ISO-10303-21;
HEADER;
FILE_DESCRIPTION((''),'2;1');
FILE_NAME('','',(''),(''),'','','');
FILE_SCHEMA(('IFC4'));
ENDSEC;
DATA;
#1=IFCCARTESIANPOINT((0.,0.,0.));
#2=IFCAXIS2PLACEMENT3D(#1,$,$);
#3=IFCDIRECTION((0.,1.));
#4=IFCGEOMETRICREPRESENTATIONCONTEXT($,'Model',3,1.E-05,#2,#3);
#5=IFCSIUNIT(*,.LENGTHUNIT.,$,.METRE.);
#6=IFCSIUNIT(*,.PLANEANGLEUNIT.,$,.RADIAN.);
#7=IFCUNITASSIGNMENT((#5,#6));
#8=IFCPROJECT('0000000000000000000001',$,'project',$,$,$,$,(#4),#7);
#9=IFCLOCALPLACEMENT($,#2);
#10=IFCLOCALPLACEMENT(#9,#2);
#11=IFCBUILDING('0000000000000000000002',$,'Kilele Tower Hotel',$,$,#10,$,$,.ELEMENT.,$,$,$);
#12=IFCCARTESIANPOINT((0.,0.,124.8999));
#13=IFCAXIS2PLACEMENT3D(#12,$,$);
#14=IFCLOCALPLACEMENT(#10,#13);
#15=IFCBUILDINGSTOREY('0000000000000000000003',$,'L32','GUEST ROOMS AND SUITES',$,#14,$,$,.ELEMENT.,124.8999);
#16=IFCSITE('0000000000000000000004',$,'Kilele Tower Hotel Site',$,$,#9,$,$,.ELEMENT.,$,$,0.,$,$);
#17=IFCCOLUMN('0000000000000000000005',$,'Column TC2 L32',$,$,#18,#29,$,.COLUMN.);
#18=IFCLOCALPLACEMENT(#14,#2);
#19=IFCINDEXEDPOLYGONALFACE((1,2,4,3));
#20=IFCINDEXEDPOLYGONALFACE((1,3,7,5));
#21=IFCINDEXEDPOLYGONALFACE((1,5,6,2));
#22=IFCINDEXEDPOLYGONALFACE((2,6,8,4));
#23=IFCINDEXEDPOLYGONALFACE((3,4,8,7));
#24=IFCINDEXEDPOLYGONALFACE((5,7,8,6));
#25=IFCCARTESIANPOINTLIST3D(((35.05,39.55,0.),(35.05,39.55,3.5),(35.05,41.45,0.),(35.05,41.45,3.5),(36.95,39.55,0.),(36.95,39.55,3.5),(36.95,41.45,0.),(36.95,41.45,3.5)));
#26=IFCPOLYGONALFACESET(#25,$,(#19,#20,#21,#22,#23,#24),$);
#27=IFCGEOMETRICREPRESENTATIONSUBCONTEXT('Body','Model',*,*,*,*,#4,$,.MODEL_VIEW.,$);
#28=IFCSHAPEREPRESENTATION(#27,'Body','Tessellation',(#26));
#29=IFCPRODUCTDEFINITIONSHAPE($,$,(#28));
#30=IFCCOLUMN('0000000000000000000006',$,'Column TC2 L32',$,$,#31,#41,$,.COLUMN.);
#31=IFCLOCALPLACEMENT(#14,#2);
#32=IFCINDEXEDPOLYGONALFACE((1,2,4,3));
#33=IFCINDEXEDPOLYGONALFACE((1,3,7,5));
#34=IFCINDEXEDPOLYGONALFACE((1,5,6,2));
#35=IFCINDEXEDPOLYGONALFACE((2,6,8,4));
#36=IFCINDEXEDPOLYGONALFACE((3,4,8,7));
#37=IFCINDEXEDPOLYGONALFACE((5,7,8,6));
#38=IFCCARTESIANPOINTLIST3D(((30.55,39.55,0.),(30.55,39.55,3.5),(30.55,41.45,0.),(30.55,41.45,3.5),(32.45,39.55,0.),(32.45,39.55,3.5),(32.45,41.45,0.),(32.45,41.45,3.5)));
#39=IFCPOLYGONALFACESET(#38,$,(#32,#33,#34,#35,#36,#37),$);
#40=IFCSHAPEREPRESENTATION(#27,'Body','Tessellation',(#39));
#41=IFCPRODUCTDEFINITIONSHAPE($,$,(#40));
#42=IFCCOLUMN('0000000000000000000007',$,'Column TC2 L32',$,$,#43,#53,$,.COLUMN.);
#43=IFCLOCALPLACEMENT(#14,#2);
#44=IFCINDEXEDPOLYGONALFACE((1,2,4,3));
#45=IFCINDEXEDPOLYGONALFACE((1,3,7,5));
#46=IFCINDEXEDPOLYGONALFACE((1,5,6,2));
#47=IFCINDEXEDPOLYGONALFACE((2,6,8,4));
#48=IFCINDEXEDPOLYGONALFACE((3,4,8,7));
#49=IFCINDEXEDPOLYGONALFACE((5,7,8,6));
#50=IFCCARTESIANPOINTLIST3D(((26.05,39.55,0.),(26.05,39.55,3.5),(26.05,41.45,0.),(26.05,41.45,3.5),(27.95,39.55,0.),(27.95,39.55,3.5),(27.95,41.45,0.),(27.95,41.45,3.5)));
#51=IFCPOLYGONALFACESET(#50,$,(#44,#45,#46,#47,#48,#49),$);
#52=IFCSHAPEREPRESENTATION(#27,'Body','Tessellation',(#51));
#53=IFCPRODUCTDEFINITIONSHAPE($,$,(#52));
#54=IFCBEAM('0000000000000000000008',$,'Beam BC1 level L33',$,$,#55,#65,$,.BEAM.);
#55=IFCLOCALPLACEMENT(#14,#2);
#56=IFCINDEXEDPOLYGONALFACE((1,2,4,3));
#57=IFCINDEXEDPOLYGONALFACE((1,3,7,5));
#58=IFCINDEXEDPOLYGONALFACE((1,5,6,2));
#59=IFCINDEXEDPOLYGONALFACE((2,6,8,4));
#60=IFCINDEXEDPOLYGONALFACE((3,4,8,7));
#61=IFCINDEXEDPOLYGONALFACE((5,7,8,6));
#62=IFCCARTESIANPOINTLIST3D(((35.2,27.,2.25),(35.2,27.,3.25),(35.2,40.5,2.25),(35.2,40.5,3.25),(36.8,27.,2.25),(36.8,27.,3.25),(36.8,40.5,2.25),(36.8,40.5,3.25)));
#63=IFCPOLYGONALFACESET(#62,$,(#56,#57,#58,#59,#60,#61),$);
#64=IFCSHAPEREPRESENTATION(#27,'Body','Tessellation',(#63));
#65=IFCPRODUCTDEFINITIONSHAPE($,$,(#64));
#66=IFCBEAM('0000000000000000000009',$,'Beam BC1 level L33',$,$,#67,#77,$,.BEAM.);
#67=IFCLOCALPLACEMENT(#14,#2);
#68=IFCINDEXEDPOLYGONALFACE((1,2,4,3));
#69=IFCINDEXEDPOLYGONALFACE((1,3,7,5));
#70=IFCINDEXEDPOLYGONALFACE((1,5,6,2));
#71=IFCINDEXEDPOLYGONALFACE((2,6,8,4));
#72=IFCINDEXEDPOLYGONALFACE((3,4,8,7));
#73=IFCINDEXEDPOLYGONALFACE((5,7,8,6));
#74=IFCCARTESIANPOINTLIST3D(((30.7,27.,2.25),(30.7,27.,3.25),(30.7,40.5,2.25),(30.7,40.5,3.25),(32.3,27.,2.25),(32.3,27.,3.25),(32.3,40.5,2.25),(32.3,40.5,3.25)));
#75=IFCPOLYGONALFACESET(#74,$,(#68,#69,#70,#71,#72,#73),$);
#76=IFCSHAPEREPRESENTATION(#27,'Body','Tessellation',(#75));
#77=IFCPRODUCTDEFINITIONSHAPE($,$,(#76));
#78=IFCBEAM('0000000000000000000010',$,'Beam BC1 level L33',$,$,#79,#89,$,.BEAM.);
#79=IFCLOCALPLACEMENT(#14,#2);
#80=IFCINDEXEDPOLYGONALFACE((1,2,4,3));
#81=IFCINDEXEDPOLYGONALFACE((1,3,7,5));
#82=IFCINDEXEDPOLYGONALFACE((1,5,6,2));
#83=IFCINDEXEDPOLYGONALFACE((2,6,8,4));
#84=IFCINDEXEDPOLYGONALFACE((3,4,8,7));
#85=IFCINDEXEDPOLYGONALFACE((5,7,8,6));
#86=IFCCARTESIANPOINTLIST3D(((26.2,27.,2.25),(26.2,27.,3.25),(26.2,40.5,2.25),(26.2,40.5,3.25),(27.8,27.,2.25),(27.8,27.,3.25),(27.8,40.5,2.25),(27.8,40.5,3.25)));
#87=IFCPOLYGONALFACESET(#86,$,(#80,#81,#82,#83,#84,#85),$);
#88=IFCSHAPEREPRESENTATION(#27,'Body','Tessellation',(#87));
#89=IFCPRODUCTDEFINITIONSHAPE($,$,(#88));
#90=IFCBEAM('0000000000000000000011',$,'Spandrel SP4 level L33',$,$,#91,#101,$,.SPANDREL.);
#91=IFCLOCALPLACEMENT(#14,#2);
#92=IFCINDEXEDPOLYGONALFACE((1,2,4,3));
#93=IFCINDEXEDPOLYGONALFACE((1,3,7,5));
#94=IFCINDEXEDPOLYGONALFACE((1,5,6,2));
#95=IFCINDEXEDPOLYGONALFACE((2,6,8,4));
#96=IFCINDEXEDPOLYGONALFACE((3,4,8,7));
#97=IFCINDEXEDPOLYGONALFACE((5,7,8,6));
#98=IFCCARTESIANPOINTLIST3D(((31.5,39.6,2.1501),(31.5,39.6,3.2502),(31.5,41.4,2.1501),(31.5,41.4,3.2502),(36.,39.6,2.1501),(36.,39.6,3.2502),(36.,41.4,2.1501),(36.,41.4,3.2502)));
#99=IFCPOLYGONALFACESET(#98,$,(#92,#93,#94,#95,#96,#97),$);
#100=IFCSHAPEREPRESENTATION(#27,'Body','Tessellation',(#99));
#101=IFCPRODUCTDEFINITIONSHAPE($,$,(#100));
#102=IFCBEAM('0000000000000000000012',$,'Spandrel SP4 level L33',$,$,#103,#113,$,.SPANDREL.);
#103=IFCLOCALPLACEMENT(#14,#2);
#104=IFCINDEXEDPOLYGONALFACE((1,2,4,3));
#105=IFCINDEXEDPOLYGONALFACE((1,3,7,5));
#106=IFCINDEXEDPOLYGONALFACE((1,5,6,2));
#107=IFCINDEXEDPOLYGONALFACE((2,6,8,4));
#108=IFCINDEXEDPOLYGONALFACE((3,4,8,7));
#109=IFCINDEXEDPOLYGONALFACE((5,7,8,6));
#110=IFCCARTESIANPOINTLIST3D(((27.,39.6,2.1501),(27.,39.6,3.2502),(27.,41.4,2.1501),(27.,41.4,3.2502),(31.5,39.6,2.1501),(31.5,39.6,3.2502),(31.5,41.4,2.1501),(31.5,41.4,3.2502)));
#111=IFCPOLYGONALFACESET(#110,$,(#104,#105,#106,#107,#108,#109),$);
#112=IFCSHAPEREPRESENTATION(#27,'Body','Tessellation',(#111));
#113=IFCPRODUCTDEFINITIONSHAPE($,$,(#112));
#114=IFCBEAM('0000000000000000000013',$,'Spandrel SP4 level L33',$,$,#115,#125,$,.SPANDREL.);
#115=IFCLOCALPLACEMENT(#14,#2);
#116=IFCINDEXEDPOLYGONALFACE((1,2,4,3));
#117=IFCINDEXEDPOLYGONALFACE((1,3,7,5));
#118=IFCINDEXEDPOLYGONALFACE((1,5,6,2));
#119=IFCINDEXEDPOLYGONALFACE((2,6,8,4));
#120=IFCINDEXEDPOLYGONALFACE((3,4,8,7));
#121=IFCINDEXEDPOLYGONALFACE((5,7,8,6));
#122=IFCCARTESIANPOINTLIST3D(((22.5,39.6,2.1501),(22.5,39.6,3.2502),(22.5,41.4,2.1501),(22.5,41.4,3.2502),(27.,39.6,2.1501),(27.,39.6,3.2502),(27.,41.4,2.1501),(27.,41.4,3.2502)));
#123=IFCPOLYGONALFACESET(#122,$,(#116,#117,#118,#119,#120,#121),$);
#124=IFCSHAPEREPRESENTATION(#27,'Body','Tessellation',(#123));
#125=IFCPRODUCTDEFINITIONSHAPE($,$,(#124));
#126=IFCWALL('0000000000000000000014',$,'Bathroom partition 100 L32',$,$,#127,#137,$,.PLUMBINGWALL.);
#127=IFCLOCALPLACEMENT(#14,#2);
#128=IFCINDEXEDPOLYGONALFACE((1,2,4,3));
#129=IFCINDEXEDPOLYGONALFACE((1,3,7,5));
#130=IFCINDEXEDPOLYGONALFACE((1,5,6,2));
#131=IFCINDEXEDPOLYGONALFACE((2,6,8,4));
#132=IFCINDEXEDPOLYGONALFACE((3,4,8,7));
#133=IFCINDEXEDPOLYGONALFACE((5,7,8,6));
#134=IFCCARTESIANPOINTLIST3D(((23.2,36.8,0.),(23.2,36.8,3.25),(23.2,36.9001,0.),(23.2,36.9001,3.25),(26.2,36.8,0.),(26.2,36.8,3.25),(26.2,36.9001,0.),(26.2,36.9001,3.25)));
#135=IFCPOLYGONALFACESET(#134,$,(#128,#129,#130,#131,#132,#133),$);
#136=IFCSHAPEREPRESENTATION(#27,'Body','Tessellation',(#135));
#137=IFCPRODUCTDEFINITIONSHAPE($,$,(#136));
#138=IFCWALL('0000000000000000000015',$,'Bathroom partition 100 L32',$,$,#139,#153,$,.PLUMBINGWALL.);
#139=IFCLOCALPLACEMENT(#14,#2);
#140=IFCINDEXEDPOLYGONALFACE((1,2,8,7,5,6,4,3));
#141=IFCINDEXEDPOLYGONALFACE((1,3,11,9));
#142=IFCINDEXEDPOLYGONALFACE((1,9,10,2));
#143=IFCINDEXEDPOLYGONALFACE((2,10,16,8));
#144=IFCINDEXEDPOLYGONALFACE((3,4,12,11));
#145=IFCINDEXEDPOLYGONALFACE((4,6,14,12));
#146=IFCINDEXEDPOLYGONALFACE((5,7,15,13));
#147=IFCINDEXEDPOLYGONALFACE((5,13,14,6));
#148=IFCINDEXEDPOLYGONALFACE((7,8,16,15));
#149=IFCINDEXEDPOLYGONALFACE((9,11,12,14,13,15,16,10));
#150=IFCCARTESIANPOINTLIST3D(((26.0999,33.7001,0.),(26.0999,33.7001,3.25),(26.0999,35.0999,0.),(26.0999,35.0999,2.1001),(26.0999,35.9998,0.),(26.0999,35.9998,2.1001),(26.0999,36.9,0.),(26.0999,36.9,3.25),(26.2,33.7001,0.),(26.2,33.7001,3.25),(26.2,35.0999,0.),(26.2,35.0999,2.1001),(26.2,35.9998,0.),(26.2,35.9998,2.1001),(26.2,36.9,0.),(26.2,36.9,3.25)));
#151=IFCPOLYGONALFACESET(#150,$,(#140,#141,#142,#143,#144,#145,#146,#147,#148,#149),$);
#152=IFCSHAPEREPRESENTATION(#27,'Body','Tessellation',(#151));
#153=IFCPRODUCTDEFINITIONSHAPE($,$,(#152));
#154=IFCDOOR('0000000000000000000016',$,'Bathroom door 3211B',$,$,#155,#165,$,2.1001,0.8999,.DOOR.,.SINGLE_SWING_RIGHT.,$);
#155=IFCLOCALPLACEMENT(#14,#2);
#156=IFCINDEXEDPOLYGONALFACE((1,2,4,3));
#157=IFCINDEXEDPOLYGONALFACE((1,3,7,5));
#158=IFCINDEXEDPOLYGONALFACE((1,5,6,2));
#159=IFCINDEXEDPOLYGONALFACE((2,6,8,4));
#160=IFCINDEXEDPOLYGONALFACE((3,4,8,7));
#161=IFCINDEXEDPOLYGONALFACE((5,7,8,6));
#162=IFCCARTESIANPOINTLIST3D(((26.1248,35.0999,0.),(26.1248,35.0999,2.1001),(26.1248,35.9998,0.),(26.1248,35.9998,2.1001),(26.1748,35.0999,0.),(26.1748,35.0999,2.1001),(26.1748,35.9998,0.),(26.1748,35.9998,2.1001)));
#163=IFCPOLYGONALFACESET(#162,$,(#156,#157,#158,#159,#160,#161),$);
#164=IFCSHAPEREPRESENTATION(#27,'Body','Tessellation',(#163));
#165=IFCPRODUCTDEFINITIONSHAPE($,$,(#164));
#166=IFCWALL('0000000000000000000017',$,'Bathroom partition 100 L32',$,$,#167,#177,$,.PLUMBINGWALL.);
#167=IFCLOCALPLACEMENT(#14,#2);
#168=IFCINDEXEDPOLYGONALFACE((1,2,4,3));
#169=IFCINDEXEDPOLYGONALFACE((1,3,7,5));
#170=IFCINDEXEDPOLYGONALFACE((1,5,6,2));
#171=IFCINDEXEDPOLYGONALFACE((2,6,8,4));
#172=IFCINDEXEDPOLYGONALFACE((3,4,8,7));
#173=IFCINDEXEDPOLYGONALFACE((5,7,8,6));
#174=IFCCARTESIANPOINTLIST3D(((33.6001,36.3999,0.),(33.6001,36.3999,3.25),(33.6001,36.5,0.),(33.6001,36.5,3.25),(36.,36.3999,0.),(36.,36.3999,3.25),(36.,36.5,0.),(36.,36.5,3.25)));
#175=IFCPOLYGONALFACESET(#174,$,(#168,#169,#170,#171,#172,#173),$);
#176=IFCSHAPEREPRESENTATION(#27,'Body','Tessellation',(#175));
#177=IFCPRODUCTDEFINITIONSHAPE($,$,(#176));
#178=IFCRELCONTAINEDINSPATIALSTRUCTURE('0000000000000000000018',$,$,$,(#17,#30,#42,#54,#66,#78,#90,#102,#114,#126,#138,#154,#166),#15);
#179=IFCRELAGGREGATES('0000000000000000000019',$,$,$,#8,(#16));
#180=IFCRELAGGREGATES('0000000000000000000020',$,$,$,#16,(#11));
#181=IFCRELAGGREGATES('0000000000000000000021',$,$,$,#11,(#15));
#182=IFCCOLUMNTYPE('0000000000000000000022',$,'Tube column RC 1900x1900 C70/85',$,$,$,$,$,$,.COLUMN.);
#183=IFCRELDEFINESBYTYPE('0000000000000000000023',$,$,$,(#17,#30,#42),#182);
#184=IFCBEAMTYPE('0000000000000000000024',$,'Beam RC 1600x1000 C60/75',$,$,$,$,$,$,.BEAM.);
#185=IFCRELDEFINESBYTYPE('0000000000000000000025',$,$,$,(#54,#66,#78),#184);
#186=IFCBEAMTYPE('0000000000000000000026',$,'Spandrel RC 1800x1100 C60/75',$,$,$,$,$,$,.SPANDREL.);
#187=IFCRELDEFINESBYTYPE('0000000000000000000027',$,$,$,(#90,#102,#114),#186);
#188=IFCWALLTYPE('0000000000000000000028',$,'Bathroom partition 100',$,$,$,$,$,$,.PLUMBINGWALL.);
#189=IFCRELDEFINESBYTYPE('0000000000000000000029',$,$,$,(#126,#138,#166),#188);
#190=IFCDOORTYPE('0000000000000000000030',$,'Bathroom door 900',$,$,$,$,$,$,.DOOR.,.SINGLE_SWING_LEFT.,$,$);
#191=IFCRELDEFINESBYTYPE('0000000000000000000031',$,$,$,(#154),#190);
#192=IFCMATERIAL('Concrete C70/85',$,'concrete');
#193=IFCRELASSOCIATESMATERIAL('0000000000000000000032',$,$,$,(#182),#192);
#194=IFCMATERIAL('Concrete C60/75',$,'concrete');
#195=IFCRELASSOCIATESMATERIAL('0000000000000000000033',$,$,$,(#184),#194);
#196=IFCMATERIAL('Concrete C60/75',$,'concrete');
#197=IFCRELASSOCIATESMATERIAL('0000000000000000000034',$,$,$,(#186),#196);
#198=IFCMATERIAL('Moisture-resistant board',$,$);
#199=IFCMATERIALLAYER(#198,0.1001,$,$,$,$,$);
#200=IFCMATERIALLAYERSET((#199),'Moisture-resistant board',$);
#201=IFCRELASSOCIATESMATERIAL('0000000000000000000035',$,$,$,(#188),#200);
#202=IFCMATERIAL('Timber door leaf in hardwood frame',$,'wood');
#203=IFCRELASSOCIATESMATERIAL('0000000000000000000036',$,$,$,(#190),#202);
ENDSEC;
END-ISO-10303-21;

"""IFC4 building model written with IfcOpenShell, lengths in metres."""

from ifc_helpers import new_model, si_unit, direction, frame, frame_2d, origin, origin_2d, place, context, subcontext, project, spatial, rectangle, extrude, material, layer, layer_set, material_profile, profile_set, type_object, element, fill, save


model = new_model("IFC4")

# Units and contexts
model_context = context("Model", 3, precision=1e-05, world=origin(), true_north=direction((0.0, 1.0)))
body_context = subcontext(model_context, "Body", "Model", "MODEL_VIEW")
ifc_project = project(units=[si_unit("LENGTHUNIT", "METRE"), si_unit("PLANEANGLEUNIT", "RADIAN")], contexts=[model_context])

# Site, building, storey
site_placement = place(None, origin())
site = spatial("IfcSite", under=ifc_project, at=site_placement, Name="Kilele Tower Hotel Site", CompositionType="ELEMENT", RefElevation=0.0)
building_placement = place(site_placement, origin())
building = spatial("IfcBuilding", under=site, at=building_placement, Name="Kilele Tower Hotel", CompositionType="ELEMENT")
storey_placement = place(building_placement, frame((0.0, 0.0, 124.8999)))
storey = spatial("IfcBuildingStorey", under=building, at=storey_placement, Name="L32", Description="GUEST ROOMS AND SUITES", CompositionType="ELEMENT", Elevation=124.8999)

# Columns
ifc_material_1 = material(Name="Concrete C70/85", Category="concrete")
ifc_material_profile_1 = material_profile(ifc_material_1, rectangle(XDim=1.8999, YDim=1.8999, at=origin_2d()))
ifc_profile_set_1 = profile_set([ifc_material_profile_1], Name="Concrete C70/85")
column_type = type_object("IfcColumnType", Name="Tube column RC 1900x1900 C70/85", PredefinedType="COLUMN", material=ifc_profile_set_1)
for number, where, z_axis, x_axis, name in (
    (1, (36.0, 40.5, 0.0), (0.0, 0.0, 1.0), (1.0, 0.0, 0.0), "Column TC2 L32"),
    (2, (31.5, 40.5, 0.0), (0.0, 0.0, 1.0), (1.0, 0.0, 0.0), "Column TC2 L32"),
    (3, (27.0, 40.5, 0.0), (0.0, 0.0, 1.0), (1.0, 0.0, 0.0), "Column TC2 L32"),
):
    element("IfcColumn", number, at=place(storey_placement, frame(where, z_axis=z_axis, x_axis=x_axis)), inside=storey, type_object=column_type, Name=name, PredefinedType="COLUMN", context=body_context, shape_type="SweptSolid", body=[
        extrude(rectangle(XDim=1.8999, YDim=1.8999, at=origin_2d()), origin(), (0.0, 0.0, 1.0), 3.5),
    ])

# Beams
ifc_material_2 = material(Name="Concrete C60/75", Category="concrete")
ifc_material_profile_2 = material_profile(ifc_material_2, rectangle(XDim=1.6001, YDim=1.0, at=origin_2d()))
ifc_profile_set_2 = profile_set([ifc_material_profile_2], Name="Concrete C60/75")
beam_type_1 = type_object("IfcBeamType", Name="Beam RC 1600x1000 C60/75", PredefinedType="BEAM", material=ifc_profile_set_2)
for number, where, z_axis, x_axis, name in (
    (4, (36.0, 40.5, 2.75), (0.0, -1.0, 0.0), (1.0, 0.0, 0.0), "Beam BC1 level L33"),
    (5, (31.5, 40.5, 2.75), (0.0, -1.0, 0.0), (1.0, 0.0, 0.0), "Beam BC1 level L33"),
    (6, (27.0, 40.5, 2.75), (0.0, -1.0, 0.0), (1.0, 0.0, 0.0), "Beam BC1 level L33"),
):
    element("IfcBeam", number, at=place(storey_placement, frame(where, z_axis=z_axis, x_axis=x_axis)), inside=storey, type_object=beam_type_1, Name=name, PredefinedType="BEAM", context=body_context, shape_type="SweptSolid", body=[
        extrude(rectangle(XDim=1.6001, YDim=1.0, at=origin_2d()), origin(), (0.0, 0.0, 1.0), 13.5),
    ])
ifc_material_3 = material(Name="Concrete C60/75", Category="concrete")
ifc_material_profile_3 = material_profile(ifc_material_3, rectangle(XDim=1.8, YDim=1.1001, at=origin_2d()))
ifc_profile_set_3 = profile_set([ifc_material_profile_3], Name="Concrete C60/75")
beam_type_2 = type_object("IfcBeamType", Name="Spandrel RC 1800x1100 C60/75", PredefinedType="SPANDREL", material=ifc_profile_set_3)
for number, where, z_axis, x_axis, name in (
    (7, (36.0, 40.5, 2.7002), (-1.0, 0.0, 0.0), (0.0, -1.0, 0.0), "Spandrel SP4 level L33"),
    (8, (31.5, 40.5, 2.7002), (-1.0, 0.0, 0.0), (0.0, -1.0, 0.0), "Spandrel SP4 level L33"),
    (9, (27.0, 40.5, 2.7002), (-1.0, 0.0, 0.0), (0.0, -1.0, 0.0), "Spandrel SP4 level L33"),
):
    element("IfcBeam", number, at=place(storey_placement, frame(where, z_axis=z_axis, x_axis=x_axis)), inside=storey, type_object=beam_type_2, Name=name, PredefinedType="SPANDREL", context=body_context, shape_type="SweptSolid", body=[
        extrude(rectangle(XDim=1.8, YDim=1.1001, at=origin_2d()), origin(), (0.0, 0.0, 1.0), 4.5),
    ])

# Wall
ifc_material_4 = material(Name="Moisture-resistant board")
ifc_layer_1 = layer(ifc_material_4, 0.1001)
ifc_layer_set_1 = layer_set([ifc_layer_1], Name="Moisture-resistant board")
wall_type_1 = type_object("IfcWallType", Name="Bathroom partition 100", PredefinedType="PLUMBINGWALL", material=ifc_layer_set_1)
wall_1_placement = place(storey_placement, frame((23.2, 36.8501, 0.0), z_axis=(0.0, 0.0, 1.0), x_axis=(1.0, 0.0, 0.0)))
element("IfcWall", 10, at=wall_1_placement, inside=storey, type_object=wall_type_1, Name="Bathroom partition 100 L32", PredefinedType="PLUMBINGWALL", context=body_context, shape_type="SweptSolid", body=[
    extrude(rectangle(XDim=3.0, YDim=0.1001, at=frame_2d((1.5, 0.0))), origin(), (0.0, 0.0, 1.0), 3.25),
])

# Wall, opening, door
wall_2_placement = place(storey_placement, frame((26.1499, 33.7, 0.0), z_axis=(0.0, 0.0, 1.0), x_axis=(0.0, 1.0, 0.0)))
wall_2 = element("IfcWall", 11, at=wall_2_placement, inside=storey, type_object=wall_type_1, Name="Bathroom partition 100 L32", PredefinedType="PLUMBINGWALL", context=body_context, shape_type="SweptSolid", body=[
    extrude(rectangle(XDim=3.2, YDim=0.1001, at=frame_2d((1.6001, 0.0))), origin(), (0.0, 0.0, 1.0), 3.25),
])
opening_1_placement = place(wall_2_placement, frame((2.2998, 0.0, 0.0), z_axis=(0.0, 0.0, 1.0), x_axis=(-1.0, 0.0, 0.0)))
opening_1 = element("IfcOpeningElement", 12, at=opening_1_placement, cuts=wall_2, PredefinedType="OPENING", context=body_context, shape_type="SweptSolid", body=[
    extrude(rectangle(XDim=0.8999, YDim=2.1001, at=frame_2d((0.45, 1.05))), frame((0.0, 0.0601, 0.0), z_axis=(0.0, -1.0, 0.0), x_axis=(1.0, 0.0, 0.0)), (0.0, 0.0, 1.0), 0.1201),
])
ifc_material_5 = material(Name="Timber door leaf in hardwood frame", Category="wood")
door_type_1 = type_object("IfcDoorType", Name="Bathroom door 900", OperationType="SINGLE_SWING_LEFT", PredefinedType="DOOR", material=ifc_material_5)
door_1_placement = place(opening_1_placement, origin())
door_1 = element("IfcDoor", 13, at=door_1_placement, inside=storey, type_object=door_type_1, Name="Bathroom door 3211B", OperationType="SINGLE_SWING_RIGHT", OverallHeight=2.1001, OverallWidth=0.8999, PredefinedType="DOOR", context=body_context, shape_type="SweptSolid", body=[
    extrude(rectangle(XDim=0.8999, YDim=2.1001, at=frame_2d((0.45, 1.05))), frame((0.0, 0.0249, 0.0), z_axis=(0.0, -1.0, 0.0), x_axis=(1.0, 0.0, 0.0)), (0.0, 0.0, 1.0), 0.05),
])
fill(opening_1, door_1)

# Wall
wall_3_placement = place(storey_placement, frame((33.6001, 36.45, 0.0), z_axis=(0.0, 0.0, 1.0), x_axis=(1.0, 0.0, 0.0)))
element("IfcWall", 14, at=wall_3_placement, inside=storey, type_object=wall_type_1, Name="Bathroom partition 100 L32", PredefinedType="PLUMBINGWALL", context=body_context, shape_type="SweptSolid", body=[
    extrude(rectangle(XDim=2.3999, YDim=0.1001, at=frame_2d((1.2, 0.0))), origin(), (0.0, 0.0, 1.0), 3.25),
])

save(model, "model.ifc")
